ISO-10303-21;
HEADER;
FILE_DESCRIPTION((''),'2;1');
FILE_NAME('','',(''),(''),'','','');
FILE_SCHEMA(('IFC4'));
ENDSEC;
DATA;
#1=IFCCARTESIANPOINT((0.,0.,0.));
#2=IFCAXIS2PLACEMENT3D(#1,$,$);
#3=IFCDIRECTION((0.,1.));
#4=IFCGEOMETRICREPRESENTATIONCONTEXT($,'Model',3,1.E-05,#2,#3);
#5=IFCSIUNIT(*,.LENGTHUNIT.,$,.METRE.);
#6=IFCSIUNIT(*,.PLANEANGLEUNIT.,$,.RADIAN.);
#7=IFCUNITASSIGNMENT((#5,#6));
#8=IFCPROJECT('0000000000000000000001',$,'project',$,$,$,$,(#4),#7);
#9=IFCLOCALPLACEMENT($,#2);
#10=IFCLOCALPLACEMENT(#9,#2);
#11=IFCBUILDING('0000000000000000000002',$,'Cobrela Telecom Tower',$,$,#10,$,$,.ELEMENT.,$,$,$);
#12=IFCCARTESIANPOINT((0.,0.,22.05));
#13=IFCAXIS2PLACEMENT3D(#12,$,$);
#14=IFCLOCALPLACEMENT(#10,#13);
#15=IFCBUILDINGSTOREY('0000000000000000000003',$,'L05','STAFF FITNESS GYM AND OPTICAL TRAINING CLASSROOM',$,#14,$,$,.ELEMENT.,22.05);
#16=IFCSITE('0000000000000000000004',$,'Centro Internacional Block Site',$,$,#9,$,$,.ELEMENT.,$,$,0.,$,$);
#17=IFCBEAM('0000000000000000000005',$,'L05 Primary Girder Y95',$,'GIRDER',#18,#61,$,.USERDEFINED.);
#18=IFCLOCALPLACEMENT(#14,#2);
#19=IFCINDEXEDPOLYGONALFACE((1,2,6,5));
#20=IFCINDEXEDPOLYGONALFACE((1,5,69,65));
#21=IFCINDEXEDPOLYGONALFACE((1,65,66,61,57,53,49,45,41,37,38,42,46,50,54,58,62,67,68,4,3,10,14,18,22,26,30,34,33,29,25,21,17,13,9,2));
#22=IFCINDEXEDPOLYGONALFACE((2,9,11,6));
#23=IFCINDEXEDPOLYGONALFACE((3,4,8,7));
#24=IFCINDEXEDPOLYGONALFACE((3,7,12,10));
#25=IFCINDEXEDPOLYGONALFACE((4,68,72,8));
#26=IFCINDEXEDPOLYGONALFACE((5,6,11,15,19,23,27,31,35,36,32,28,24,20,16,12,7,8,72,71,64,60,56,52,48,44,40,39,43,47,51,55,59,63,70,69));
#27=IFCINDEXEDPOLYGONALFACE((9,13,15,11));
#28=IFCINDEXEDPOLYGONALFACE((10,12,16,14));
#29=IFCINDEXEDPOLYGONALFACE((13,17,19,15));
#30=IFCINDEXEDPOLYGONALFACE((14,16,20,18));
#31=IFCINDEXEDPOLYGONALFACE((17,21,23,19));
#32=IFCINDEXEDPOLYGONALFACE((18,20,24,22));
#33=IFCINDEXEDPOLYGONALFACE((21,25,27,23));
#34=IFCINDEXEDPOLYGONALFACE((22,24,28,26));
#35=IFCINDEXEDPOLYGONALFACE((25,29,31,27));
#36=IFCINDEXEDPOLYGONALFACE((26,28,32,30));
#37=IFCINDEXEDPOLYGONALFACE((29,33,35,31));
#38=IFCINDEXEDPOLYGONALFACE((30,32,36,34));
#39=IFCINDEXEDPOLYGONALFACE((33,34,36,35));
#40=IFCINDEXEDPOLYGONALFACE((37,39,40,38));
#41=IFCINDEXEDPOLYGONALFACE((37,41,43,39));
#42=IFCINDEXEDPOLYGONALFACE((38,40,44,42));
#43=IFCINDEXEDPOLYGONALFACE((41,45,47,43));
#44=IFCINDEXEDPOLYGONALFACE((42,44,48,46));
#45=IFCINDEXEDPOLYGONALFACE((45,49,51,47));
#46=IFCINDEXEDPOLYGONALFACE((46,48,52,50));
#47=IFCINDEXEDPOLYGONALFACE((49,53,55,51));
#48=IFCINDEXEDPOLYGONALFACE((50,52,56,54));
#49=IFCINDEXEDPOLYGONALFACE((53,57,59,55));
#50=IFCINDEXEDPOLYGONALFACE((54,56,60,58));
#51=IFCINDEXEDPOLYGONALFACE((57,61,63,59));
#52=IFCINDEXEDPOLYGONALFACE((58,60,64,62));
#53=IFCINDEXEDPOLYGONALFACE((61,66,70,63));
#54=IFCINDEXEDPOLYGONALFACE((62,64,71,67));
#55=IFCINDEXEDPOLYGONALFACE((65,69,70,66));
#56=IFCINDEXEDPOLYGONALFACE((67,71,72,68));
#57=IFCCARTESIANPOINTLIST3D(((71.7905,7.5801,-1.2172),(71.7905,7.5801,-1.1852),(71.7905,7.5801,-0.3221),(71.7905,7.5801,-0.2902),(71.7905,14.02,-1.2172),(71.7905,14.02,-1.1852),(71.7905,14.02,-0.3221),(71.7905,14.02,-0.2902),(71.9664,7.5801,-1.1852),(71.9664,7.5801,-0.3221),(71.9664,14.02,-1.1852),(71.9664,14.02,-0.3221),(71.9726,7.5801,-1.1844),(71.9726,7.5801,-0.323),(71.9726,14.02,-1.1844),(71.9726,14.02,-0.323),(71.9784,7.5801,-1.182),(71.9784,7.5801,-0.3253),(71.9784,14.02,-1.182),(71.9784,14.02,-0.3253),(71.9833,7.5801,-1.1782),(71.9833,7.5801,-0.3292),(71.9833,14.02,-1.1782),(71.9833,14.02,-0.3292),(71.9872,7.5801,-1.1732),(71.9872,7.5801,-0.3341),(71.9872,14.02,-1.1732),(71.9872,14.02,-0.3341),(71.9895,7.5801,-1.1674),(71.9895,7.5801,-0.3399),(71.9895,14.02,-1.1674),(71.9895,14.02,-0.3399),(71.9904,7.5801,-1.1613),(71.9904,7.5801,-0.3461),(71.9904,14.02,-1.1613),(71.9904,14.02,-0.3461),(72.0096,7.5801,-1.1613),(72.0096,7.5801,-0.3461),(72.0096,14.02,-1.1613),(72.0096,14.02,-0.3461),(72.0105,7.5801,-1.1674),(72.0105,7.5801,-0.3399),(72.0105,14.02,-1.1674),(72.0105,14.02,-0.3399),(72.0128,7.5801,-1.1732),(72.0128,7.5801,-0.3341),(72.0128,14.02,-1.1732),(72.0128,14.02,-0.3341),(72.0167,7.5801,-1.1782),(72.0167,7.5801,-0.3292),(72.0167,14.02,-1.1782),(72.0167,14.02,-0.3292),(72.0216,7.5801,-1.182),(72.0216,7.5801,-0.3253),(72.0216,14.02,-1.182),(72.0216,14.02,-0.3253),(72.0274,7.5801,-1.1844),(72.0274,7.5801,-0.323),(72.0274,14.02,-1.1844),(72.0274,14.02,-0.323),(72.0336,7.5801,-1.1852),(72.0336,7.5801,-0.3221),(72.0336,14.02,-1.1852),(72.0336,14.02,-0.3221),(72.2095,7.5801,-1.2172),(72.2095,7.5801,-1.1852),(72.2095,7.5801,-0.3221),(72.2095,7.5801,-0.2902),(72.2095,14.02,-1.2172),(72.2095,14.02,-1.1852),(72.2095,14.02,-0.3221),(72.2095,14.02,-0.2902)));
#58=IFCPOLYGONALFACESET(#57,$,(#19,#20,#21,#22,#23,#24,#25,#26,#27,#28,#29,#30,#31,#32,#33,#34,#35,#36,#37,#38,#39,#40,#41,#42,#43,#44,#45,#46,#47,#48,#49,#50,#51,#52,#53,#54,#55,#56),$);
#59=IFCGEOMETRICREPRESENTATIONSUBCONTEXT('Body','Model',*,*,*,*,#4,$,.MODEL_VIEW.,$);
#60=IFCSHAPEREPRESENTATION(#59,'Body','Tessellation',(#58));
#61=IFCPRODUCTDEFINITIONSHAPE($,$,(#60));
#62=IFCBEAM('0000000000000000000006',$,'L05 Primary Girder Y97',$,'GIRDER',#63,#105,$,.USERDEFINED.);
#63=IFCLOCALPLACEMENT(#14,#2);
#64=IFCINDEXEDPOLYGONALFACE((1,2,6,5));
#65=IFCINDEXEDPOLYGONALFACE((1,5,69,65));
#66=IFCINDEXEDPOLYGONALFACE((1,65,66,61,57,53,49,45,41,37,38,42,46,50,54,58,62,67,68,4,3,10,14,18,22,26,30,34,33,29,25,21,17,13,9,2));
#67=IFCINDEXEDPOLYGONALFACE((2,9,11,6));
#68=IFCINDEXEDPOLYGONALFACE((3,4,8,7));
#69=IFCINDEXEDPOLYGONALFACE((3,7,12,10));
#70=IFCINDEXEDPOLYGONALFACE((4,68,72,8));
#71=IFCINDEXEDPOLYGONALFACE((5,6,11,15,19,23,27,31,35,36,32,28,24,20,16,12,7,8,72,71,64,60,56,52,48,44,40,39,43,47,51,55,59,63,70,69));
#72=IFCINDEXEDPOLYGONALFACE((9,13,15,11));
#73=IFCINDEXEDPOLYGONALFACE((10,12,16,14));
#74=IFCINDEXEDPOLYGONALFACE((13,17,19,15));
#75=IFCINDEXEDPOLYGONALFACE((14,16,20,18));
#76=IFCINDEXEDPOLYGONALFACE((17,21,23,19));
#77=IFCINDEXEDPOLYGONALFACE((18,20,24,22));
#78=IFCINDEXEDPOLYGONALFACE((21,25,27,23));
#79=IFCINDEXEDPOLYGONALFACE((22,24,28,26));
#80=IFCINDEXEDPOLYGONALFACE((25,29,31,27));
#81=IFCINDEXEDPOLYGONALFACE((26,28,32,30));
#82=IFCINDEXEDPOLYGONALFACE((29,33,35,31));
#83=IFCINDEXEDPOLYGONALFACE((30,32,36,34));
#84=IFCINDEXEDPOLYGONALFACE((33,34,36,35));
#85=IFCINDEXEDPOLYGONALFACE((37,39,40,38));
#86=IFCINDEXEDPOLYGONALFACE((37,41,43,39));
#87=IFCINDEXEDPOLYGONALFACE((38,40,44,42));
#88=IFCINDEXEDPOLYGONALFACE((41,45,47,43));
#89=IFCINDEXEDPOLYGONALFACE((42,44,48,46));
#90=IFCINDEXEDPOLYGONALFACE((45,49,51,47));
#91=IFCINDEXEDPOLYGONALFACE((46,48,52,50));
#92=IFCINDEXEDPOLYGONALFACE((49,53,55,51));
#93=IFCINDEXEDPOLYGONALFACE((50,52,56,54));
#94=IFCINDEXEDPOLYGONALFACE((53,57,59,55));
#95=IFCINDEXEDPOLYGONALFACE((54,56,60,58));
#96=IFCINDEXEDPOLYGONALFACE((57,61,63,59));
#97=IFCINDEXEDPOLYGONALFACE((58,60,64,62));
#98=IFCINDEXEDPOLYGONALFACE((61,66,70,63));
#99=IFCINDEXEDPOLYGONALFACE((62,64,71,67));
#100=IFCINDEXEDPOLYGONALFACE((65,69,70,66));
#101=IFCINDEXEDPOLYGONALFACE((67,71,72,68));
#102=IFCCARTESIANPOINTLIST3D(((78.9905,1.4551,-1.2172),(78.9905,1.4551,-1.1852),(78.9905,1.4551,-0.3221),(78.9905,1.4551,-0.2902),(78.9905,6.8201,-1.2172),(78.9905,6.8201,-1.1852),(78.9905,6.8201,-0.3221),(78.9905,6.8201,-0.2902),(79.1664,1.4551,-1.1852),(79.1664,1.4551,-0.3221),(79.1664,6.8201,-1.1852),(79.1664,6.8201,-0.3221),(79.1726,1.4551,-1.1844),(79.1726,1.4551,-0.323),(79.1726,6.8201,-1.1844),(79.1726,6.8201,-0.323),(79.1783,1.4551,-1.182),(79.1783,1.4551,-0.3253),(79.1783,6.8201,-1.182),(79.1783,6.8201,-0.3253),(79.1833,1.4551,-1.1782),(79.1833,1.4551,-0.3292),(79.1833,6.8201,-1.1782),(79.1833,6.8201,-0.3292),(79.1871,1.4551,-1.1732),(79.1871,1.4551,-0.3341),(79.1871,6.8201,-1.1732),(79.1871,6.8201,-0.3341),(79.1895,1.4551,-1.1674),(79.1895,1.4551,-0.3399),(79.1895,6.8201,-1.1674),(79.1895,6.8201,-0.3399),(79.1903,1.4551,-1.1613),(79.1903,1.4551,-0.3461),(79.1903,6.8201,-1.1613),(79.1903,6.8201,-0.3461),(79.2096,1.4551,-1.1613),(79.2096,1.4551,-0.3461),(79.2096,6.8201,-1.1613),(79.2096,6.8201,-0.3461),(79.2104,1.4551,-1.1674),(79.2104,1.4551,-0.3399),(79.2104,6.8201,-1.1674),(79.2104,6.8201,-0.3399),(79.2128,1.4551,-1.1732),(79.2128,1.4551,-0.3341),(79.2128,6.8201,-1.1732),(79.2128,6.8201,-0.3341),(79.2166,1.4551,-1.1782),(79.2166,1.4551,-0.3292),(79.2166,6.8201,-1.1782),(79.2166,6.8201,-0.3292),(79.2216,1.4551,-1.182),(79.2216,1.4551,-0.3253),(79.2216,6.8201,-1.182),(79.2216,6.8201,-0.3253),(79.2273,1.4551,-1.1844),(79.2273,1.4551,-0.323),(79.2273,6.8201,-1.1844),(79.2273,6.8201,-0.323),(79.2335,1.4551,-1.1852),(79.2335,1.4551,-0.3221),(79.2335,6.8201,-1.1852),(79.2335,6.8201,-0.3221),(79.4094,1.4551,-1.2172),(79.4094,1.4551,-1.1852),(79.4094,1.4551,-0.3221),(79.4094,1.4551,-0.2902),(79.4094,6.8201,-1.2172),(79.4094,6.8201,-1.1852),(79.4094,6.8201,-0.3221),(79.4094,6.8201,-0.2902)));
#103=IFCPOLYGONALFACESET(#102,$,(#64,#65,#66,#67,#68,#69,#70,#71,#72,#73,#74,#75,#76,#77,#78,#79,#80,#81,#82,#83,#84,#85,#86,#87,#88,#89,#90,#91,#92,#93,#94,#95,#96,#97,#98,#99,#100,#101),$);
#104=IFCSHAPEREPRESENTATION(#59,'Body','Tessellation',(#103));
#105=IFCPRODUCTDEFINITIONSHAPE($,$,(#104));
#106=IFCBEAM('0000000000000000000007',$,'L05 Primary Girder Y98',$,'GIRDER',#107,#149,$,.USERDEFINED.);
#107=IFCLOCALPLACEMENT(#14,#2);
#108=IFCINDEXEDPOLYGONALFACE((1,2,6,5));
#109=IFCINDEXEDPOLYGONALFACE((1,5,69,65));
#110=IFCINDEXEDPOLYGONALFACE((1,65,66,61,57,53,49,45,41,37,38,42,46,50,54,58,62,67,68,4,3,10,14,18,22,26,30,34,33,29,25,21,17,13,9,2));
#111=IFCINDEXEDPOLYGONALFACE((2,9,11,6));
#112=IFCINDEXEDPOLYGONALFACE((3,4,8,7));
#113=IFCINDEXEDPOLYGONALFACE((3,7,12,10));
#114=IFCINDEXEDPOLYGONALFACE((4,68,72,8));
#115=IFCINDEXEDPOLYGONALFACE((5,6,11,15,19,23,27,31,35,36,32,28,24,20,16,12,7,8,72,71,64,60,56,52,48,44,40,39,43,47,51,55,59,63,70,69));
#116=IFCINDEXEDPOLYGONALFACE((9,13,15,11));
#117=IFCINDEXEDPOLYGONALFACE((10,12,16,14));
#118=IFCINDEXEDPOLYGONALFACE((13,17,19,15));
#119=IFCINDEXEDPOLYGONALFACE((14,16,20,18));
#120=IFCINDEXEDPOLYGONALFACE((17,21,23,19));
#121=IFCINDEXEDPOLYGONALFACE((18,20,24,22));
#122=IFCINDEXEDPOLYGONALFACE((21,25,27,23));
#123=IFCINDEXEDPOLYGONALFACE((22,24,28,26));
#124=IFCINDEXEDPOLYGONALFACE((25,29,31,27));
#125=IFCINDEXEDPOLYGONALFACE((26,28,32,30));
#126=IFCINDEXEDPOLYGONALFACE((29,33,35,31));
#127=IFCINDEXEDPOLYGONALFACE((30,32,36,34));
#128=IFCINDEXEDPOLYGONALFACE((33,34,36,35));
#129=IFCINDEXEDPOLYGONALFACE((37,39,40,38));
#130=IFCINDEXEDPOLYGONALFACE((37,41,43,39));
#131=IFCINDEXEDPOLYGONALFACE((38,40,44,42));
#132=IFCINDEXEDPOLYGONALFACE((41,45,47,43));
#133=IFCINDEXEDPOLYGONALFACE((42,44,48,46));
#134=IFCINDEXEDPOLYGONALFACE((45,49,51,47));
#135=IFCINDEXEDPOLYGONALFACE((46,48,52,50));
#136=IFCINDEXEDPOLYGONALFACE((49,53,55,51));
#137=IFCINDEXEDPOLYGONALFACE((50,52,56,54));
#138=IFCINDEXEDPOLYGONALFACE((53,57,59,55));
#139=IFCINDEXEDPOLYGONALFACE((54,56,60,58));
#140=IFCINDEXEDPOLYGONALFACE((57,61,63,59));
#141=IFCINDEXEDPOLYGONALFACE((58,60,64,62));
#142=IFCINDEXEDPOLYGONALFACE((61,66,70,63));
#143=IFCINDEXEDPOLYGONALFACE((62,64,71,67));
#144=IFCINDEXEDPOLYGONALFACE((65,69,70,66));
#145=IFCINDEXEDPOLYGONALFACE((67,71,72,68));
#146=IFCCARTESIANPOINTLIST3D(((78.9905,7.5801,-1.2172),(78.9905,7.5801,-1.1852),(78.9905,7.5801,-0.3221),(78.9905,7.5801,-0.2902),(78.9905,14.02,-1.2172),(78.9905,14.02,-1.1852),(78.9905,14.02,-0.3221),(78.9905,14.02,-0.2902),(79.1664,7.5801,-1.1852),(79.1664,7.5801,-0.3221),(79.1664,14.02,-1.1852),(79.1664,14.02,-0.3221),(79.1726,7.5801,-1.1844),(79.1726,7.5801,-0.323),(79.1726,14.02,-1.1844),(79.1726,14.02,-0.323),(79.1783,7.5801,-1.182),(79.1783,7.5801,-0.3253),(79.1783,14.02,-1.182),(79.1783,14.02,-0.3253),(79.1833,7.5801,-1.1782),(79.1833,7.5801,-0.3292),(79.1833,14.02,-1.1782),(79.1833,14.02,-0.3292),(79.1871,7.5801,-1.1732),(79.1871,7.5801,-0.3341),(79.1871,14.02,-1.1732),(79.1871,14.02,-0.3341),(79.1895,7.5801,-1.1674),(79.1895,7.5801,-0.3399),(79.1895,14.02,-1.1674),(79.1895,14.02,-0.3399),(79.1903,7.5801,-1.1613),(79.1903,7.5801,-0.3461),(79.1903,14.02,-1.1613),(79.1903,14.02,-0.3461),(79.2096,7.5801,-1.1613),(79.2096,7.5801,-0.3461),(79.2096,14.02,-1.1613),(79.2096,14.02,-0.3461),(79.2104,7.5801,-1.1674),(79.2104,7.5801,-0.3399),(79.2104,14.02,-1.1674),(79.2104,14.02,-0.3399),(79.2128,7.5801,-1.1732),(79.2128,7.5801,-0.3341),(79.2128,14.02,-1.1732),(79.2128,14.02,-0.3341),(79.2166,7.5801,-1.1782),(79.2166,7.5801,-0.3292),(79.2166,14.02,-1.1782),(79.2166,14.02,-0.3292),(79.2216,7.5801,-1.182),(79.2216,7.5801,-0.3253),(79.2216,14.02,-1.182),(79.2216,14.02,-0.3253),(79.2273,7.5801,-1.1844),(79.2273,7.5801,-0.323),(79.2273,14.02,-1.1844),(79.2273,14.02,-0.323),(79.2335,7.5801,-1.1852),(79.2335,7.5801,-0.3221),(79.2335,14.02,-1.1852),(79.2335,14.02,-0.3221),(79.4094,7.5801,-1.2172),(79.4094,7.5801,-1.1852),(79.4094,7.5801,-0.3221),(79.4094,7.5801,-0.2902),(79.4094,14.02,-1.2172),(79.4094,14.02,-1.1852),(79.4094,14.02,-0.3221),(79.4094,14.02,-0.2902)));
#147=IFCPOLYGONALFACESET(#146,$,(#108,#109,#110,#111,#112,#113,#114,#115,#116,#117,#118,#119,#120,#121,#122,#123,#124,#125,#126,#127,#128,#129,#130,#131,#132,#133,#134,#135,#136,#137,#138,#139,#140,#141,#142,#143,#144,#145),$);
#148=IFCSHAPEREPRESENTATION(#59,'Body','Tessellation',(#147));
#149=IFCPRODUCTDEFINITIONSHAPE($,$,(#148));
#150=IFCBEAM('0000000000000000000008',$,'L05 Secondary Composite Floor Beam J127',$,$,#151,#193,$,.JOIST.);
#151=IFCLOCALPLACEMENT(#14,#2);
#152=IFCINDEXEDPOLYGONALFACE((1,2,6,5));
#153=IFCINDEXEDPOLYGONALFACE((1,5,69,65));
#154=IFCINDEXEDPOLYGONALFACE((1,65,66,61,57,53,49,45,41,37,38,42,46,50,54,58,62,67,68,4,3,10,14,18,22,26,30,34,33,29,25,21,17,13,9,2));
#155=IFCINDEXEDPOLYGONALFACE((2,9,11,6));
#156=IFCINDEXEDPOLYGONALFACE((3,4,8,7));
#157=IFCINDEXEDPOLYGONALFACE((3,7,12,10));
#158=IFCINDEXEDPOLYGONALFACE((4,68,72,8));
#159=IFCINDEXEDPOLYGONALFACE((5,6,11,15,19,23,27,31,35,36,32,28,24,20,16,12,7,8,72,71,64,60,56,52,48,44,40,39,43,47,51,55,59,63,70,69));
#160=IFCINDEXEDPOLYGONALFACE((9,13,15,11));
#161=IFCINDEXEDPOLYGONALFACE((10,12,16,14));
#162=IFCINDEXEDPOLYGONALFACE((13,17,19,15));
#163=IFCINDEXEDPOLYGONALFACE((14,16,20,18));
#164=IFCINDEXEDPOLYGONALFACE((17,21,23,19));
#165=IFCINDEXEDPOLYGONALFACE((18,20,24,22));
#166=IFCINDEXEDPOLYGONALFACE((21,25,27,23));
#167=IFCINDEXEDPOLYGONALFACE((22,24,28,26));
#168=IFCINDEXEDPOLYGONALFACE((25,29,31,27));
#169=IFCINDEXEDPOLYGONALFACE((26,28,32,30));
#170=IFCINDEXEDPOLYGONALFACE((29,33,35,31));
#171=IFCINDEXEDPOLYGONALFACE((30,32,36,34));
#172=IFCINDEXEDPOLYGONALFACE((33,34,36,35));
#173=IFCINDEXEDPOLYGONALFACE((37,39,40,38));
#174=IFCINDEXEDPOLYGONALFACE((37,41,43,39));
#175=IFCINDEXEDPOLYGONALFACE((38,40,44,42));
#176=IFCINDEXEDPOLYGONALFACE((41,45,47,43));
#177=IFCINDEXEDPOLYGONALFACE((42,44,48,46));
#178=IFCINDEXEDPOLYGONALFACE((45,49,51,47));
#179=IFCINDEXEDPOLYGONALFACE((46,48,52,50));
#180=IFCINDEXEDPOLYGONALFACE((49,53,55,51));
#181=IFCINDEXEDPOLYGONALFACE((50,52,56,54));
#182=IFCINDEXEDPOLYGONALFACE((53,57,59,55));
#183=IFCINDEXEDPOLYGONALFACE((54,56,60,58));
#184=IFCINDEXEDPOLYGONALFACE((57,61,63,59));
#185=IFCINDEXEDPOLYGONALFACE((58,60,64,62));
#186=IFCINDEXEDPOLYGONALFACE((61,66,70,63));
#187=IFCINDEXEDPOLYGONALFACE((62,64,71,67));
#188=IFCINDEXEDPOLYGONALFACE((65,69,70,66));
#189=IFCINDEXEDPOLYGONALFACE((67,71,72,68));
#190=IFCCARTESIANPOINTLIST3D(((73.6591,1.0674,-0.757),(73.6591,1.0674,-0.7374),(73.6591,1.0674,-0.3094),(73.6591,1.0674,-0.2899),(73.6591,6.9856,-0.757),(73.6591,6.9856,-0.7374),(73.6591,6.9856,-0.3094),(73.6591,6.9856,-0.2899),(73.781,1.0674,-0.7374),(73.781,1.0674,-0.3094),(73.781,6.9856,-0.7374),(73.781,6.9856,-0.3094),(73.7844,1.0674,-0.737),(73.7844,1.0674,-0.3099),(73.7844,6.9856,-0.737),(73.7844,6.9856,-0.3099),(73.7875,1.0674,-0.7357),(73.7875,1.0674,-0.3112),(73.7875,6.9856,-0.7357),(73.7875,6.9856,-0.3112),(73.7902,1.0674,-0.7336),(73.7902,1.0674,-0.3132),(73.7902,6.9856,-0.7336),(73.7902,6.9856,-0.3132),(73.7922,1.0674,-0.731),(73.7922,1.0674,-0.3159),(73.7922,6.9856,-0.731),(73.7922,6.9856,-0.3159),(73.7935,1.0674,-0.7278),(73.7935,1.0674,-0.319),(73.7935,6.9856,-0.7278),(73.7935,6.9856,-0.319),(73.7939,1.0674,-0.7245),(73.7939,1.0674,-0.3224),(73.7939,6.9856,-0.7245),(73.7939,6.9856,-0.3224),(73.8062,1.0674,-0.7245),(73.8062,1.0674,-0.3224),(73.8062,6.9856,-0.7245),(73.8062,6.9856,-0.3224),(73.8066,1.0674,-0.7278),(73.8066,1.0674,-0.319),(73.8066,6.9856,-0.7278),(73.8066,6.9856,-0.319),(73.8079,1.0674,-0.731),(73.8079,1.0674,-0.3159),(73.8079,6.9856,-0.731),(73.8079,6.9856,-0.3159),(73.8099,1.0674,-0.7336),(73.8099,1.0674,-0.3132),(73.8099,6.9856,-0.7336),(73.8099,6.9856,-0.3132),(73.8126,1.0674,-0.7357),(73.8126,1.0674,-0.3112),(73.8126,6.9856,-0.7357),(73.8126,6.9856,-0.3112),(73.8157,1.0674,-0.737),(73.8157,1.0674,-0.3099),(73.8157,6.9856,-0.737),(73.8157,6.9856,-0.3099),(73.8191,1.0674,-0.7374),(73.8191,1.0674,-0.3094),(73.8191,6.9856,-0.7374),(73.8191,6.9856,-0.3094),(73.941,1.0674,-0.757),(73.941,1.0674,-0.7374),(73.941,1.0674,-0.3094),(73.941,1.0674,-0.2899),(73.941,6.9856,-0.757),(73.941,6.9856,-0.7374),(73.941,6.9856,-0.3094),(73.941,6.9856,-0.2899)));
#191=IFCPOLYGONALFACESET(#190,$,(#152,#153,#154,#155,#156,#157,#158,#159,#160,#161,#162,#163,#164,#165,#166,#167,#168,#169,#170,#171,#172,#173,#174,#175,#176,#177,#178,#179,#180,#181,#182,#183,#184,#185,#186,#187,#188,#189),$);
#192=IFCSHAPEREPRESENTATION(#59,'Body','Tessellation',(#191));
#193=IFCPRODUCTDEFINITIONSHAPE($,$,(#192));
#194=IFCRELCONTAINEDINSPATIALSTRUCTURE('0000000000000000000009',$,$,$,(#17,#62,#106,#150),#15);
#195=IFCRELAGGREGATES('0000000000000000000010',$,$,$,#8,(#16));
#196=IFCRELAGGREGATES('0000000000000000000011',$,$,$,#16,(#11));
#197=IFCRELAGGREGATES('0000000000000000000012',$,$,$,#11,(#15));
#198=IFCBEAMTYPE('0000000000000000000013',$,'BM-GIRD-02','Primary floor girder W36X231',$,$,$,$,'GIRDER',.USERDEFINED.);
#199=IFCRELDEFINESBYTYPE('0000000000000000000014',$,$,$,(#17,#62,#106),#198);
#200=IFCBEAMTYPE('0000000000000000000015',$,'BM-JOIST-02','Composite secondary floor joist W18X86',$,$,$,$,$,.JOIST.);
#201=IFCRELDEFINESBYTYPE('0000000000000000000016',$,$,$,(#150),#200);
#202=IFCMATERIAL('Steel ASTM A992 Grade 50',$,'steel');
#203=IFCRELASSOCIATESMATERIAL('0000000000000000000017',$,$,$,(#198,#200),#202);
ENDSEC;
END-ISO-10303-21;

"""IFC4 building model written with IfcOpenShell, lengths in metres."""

from ifc_helpers import new_model, si_unit, direction, frame, origin, origin_2d, place, context, subcontext, project, spatial, i_section, extrude, material, material_profile, profile_set, type_object, element, save


model = new_model("IFC4")

# Units and contexts
model_context = context("Model", 3, precision=1e-05, world=origin(), true_north=direction((0.0, 1.0)))
body_context = subcontext(model_context, "Body", "Model", "MODEL_VIEW")
ifc_project = project(units=[si_unit("LENGTHUNIT", "METRE"), si_unit("PLANEANGLEUNIT", "RADIAN")], contexts=[model_context])

# Site, building, storey
site_placement = place(None, origin())
site = spatial("IfcSite", under=ifc_project, at=site_placement, Name="Centro Internacional Block Site", CompositionType="ELEMENT", RefElevation=0.0)
building_placement = place(site_placement, origin())
building = spatial("IfcBuilding", under=site, at=building_placement, Name="Cobrela Telecom Tower", CompositionType="ELEMENT")
storey_placement = place(building_placement, frame((0.0, 0.0, 22.05)))
storey = spatial("IfcBuildingStorey", under=building, at=storey_placement, Name="L05", Description="STAFF FITNESS GYM AND OPTICAL TRAINING CLASSROOM", CompositionType="ELEMENT", Elevation=22.05)

# Beams
ifc_material_1 = material(Name="Steel ASTM A992 Grade 50", Category="steel")
ifc_material_profile_1 = material_profile(ifc_material_1, i_section(OverallWidth=0.4189, OverallDepth=0.927, WebThickness=0.0193, FlangeThickness=0.032, FilletRadius=0.0239, at=origin_2d()), Name="W36X231")
ifc_profile_set_1 = profile_set([ifc_material_profile_1], Name="Steel ASTM A992 Grade 50")
beam_type_1 = type_object("IfcBeamType", Name="BM-GIRD-02", Description="Primary floor girder W36X231", ElementType="GIRDER", PredefinedType="USERDEFINED", material=ifc_profile_set_1)
beam_1_placement = place(storey_placement, frame((72.0, 7.5801, -0.7537), z_axis=(0.0, 1.0, 0.0), x_axis=(-1.0, 0.0, 0.0)))
element("IfcBeam", 1, at=beam_1_placement, inside=storey, type_object=beam_type_1, Name="L05 Primary Girder Y95", ObjectType="GIRDER", PredefinedType="USERDEFINED", context=body_context, shape_type="SweptSolid", body=[
    extrude(i_section(OverallWidth=0.4189, OverallDepth=0.927, WebThickness=0.0193, FlangeThickness=0.032, FilletRadius=0.0239, at=origin_2d()), origin(), (0.0, 0.0, 1.0), 6.4399),
])
beam_2_placement = place(storey_placement, frame((79.2, 1.4551, -0.7537), z_axis=(0.0, 1.0, 0.0), x_axis=(-1.0, 0.0, 0.0)))
element("IfcBeam", 2, at=beam_2_placement, inside=storey, type_object=beam_type_1, Name="L05 Primary Girder Y97", ObjectType="GIRDER", PredefinedType="USERDEFINED", context=body_context, shape_type="SweptSolid", body=[
    extrude(i_section(OverallWidth=0.4189, OverallDepth=0.927, WebThickness=0.0193, FlangeThickness=0.032, FilletRadius=0.0239, at=origin_2d()), origin(), (0.0, 0.0, 1.0), 5.365),
])
beam_3_placement = place(storey_placement, frame((79.2, 7.5801, -0.7537), z_axis=(0.0, 1.0, 0.0), x_axis=(-1.0, 0.0, 0.0)))
element("IfcBeam", 3, at=beam_3_placement, inside=storey, type_object=beam_type_1, Name="L05 Primary Girder Y98", ObjectType="GIRDER", PredefinedType="USERDEFINED", context=body_context, shape_type="SweptSolid", body=[
    extrude(i_section(OverallWidth=0.4189, OverallDepth=0.927, WebThickness=0.0193, FlangeThickness=0.032, FilletRadius=0.0239, at=origin_2d()), origin(), (0.0, 0.0, 1.0), 6.4399),
])
ifc_material_profile_2 = material_profile(ifc_material_1, i_section(OverallWidth=0.282, OverallDepth=0.467, WebThickness=0.0122, FlangeThickness=0.0195, FilletRadius=0.0129, at=origin_2d()), Name="W18X86")
ifc_profile_set_2 = profile_set([ifc_material_profile_2], Name="Steel ASTM A992 Grade 50")
beam_type_2 = type_object("IfcBeamType", Name="BM-JOIST-02", Description="Composite secondary floor joist W18X86", PredefinedType="JOIST", material=ifc_profile_set_2)
beam_4_placement = place(storey_placement, frame((73.8, 1.0674, -0.5234), z_axis=(0.0, 1.0, 0.0), x_axis=(-1.0, 0.0, 0.0)))
element("IfcBeam", 4, at=beam_4_placement, inside=storey, type_object=beam_type_2, Name="L05 Secondary Composite Floor Beam J127", PredefinedType="JOIST", context=body_context, shape_type="SweptSolid", body=[
    extrude(i_section(OverallWidth=0.282, OverallDepth=0.467, WebThickness=0.0122, FlangeThickness=0.0195, FilletRadius=0.0129, at=origin_2d()), origin(), (0.0, 0.0, 1.0), 5.9182),
])

save(model, "model.ifc")
